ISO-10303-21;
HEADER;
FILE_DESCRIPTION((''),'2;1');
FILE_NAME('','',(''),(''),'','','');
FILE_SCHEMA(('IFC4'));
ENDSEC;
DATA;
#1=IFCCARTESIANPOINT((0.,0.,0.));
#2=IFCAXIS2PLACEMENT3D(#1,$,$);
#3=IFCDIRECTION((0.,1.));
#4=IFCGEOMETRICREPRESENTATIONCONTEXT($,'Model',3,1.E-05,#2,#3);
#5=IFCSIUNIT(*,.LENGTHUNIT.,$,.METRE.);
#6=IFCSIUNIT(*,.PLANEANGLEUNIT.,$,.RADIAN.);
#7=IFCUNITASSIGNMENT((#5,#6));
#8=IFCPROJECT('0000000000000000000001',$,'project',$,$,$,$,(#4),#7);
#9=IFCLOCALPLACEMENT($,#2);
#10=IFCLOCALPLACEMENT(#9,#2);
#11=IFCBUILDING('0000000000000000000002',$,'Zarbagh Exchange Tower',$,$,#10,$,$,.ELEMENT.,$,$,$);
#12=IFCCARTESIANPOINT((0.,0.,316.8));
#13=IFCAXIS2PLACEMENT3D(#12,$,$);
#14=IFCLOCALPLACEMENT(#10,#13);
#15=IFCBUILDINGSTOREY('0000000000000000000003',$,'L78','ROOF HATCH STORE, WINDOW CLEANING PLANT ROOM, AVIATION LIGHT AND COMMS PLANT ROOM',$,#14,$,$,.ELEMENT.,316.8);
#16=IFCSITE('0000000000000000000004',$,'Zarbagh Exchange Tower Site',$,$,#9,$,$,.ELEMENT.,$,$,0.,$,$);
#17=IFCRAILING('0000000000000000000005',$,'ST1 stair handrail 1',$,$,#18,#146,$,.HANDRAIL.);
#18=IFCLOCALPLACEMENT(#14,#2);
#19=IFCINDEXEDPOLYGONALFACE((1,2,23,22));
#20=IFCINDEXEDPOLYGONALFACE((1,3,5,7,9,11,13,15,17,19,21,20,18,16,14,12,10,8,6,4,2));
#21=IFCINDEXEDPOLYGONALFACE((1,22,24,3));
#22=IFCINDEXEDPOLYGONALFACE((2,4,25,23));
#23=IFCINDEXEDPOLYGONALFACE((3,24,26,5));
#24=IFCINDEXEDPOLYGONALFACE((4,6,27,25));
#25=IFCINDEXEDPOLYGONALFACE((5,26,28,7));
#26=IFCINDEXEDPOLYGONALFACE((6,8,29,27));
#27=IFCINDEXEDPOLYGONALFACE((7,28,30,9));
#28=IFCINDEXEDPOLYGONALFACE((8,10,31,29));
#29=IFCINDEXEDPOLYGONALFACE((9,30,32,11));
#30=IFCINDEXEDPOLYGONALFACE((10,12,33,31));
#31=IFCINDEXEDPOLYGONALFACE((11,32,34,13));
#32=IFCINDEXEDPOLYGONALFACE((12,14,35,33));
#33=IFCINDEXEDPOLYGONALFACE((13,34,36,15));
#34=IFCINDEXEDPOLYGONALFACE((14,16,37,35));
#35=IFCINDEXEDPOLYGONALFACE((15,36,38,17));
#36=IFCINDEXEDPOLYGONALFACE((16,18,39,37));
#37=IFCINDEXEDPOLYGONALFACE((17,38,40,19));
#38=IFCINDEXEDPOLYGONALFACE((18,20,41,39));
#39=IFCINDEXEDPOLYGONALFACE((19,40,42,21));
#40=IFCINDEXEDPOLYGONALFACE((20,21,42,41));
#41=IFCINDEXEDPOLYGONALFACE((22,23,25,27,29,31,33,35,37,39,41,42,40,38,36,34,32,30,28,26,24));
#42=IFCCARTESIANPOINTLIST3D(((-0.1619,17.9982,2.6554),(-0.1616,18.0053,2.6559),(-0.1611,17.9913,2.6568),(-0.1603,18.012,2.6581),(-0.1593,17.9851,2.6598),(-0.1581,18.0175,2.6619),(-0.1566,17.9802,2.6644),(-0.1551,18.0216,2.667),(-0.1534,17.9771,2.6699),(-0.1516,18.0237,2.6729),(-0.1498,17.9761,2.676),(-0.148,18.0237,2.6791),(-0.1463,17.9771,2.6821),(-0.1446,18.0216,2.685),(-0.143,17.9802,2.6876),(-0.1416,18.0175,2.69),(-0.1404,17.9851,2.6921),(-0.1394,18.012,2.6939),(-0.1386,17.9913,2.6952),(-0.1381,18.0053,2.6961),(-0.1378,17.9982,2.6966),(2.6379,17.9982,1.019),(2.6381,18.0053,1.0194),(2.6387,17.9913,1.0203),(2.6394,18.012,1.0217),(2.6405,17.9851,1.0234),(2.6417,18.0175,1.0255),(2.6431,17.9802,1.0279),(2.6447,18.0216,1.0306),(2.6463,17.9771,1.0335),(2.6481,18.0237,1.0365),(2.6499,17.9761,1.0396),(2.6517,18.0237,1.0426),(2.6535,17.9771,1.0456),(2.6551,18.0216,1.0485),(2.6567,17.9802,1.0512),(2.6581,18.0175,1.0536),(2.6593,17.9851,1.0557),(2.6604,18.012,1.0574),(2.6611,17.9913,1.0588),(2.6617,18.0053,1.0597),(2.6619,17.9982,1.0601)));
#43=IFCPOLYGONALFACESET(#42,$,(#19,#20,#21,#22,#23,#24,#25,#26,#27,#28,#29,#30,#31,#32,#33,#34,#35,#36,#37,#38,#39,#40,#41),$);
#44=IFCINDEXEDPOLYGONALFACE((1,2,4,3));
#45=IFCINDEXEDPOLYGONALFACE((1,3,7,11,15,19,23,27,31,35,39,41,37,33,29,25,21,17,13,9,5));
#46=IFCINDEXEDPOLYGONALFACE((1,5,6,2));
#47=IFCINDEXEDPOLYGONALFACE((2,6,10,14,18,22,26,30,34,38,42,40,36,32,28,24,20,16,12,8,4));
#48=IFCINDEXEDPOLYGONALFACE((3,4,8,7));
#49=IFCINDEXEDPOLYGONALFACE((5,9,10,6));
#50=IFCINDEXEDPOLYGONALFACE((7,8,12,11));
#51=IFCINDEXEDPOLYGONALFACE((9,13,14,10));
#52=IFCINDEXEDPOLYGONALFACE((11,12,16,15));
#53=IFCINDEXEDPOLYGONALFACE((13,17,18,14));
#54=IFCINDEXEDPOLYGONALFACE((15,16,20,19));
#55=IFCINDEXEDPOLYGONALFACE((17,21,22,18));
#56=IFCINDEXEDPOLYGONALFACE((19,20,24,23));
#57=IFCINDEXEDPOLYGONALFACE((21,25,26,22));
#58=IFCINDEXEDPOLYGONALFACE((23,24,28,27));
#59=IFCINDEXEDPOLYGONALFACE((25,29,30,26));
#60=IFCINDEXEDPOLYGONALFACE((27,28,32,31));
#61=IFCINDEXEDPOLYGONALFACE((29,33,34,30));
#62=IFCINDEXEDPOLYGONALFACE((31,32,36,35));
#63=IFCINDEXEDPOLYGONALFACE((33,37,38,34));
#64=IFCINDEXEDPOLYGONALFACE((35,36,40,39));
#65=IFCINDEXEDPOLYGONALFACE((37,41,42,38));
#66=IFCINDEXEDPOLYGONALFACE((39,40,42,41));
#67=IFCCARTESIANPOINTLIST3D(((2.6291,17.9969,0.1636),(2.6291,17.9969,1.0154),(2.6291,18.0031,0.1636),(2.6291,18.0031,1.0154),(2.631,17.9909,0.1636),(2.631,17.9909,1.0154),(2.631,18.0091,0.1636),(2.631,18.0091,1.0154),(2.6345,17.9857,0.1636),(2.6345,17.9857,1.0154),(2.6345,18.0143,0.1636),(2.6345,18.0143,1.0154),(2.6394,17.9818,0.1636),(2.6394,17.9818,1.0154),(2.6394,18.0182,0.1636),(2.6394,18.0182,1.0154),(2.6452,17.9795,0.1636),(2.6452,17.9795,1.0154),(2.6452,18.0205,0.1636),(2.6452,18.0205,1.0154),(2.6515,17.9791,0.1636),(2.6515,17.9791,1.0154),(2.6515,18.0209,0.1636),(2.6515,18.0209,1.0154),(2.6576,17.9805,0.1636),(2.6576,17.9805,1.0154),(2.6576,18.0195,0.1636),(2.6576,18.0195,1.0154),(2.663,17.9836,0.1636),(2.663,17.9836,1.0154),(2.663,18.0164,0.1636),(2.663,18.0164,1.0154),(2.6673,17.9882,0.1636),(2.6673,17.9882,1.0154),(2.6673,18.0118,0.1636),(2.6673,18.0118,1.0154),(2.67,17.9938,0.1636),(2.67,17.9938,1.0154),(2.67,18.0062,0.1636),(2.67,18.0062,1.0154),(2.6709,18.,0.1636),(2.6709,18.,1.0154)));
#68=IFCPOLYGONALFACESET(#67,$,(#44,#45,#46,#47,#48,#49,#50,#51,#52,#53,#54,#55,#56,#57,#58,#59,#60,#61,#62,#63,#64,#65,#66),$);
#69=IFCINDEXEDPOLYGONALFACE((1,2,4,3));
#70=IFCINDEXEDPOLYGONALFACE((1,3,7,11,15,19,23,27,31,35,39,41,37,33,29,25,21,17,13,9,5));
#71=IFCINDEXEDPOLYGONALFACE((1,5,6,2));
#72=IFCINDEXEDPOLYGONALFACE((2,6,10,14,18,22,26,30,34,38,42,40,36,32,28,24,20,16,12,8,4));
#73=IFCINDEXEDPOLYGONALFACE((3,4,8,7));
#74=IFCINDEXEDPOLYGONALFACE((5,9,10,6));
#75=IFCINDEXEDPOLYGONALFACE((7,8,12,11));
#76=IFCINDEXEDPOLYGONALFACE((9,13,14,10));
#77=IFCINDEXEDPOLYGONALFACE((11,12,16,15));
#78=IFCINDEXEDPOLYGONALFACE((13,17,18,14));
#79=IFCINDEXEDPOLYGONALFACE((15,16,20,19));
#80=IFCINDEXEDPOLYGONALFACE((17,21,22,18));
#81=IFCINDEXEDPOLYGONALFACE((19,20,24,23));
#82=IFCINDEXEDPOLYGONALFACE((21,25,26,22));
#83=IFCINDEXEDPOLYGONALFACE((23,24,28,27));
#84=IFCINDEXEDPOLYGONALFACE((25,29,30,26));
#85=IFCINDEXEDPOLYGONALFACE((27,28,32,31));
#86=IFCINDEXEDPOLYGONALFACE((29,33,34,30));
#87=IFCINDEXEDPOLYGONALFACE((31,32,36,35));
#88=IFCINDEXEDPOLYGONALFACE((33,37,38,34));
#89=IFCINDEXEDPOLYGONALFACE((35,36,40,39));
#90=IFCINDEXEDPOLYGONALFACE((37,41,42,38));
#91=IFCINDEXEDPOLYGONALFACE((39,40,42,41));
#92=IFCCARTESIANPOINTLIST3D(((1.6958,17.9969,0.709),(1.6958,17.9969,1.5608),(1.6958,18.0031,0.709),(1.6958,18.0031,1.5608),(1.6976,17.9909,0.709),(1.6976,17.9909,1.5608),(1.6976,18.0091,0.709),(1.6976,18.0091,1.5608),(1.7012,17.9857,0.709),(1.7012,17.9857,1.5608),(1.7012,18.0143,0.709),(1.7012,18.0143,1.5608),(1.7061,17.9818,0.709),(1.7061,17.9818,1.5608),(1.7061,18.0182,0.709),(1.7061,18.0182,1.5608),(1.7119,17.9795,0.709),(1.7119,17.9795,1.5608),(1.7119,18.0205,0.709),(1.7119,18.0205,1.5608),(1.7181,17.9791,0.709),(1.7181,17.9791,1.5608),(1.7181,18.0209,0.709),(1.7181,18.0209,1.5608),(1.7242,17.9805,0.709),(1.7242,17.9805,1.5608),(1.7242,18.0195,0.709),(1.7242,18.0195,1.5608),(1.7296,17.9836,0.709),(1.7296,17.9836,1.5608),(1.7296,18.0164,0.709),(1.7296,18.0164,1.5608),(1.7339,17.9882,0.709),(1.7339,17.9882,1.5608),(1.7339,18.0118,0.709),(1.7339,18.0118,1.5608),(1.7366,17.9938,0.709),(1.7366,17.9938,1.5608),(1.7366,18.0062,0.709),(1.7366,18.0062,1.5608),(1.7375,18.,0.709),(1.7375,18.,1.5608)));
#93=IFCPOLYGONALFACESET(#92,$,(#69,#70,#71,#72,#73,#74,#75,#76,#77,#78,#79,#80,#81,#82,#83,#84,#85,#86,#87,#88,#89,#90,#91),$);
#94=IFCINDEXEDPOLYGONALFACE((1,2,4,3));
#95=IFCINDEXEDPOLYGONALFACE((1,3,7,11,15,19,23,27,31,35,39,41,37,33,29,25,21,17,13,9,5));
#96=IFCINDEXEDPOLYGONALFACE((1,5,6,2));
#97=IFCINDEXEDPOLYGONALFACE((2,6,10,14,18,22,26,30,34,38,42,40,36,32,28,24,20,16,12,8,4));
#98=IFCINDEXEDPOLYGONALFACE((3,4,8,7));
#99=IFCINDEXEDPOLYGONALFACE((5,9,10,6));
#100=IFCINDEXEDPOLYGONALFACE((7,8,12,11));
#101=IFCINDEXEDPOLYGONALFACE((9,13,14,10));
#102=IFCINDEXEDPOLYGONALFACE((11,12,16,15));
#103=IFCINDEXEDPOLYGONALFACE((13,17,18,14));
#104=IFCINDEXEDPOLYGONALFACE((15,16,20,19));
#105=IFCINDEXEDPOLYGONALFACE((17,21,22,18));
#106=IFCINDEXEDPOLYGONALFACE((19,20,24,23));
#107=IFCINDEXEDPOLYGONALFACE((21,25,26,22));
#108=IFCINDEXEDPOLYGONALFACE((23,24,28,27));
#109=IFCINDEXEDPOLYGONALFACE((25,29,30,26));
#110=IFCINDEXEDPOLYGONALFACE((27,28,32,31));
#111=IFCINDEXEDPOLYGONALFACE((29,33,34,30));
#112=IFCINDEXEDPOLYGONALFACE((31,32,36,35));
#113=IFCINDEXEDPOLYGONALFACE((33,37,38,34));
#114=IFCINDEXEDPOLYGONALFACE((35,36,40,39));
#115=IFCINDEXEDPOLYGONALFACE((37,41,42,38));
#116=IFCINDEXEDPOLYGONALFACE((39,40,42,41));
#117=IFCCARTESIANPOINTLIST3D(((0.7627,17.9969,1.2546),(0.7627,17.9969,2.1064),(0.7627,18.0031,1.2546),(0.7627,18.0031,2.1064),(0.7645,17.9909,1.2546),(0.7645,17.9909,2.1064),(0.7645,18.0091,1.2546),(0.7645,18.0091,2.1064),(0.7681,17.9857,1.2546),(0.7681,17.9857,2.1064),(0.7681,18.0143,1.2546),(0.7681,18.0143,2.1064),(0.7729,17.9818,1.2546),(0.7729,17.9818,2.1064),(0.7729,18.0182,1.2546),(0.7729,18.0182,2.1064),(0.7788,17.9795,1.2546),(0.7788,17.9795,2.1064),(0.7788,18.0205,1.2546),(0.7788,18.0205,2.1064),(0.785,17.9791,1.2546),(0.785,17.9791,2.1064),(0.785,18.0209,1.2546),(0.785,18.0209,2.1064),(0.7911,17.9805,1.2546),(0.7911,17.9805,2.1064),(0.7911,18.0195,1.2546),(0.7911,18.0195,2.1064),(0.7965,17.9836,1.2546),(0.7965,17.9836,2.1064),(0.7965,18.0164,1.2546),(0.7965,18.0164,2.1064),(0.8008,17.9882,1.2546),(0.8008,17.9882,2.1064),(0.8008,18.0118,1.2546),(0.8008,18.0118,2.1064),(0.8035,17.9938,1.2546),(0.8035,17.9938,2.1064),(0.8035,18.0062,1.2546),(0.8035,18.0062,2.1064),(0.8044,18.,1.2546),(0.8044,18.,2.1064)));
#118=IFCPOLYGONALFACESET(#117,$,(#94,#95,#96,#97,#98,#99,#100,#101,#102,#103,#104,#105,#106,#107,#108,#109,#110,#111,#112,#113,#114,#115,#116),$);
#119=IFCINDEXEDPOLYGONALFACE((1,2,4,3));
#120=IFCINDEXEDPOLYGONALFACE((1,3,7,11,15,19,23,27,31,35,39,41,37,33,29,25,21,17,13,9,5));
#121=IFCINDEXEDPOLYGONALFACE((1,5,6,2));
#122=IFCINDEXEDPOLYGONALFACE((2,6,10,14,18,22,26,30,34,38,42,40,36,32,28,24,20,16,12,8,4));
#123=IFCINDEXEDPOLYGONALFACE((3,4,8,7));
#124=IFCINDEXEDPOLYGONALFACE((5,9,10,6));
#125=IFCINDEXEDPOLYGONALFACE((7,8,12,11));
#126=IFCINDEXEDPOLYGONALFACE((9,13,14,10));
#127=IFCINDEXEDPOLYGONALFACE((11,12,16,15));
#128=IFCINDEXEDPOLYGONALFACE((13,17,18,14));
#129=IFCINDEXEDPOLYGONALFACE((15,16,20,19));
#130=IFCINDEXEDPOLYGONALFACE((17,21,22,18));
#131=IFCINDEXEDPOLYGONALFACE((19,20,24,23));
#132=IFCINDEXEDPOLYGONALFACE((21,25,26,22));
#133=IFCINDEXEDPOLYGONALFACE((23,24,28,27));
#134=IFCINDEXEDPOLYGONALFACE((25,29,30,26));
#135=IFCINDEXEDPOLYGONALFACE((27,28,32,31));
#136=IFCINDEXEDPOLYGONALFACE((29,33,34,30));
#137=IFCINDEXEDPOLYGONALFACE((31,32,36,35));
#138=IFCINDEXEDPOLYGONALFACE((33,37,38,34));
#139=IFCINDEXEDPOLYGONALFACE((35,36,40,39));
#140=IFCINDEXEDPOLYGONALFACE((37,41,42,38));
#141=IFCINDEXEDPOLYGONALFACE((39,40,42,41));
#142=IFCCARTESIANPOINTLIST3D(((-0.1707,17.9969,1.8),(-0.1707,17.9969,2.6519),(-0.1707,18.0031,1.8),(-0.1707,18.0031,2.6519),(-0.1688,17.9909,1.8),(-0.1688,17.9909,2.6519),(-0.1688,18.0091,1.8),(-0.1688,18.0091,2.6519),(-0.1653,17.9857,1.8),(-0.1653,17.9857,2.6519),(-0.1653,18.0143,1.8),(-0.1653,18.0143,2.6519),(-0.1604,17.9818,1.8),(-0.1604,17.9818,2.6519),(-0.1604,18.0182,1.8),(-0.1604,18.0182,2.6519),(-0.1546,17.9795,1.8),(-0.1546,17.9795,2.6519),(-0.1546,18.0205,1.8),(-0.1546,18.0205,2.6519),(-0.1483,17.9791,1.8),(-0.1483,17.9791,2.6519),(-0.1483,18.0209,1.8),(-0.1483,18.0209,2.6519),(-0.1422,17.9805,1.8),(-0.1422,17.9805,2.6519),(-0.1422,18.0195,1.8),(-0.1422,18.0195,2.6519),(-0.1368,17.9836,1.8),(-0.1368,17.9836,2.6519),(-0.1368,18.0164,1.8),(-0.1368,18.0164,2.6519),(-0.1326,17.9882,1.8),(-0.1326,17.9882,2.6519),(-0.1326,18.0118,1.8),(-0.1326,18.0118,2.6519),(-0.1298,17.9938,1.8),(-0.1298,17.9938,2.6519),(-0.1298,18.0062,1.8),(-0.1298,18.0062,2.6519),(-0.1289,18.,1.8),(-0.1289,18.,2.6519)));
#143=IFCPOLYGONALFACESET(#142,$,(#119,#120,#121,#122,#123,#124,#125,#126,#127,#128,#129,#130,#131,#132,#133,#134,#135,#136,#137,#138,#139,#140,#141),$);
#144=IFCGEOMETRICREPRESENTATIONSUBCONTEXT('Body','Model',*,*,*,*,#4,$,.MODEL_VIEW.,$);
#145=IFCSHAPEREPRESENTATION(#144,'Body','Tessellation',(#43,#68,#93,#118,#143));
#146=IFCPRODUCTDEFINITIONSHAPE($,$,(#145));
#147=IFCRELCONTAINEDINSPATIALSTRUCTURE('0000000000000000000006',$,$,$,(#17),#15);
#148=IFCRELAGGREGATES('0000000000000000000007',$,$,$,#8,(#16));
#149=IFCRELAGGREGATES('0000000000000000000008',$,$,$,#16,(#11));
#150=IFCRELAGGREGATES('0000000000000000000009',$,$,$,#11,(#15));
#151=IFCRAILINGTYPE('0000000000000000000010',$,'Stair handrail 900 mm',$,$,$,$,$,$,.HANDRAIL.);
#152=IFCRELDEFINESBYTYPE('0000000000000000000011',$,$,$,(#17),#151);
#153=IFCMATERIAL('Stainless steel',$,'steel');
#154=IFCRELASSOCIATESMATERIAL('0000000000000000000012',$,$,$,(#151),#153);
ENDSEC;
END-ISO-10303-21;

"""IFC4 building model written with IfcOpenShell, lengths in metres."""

from ifc_helpers import new_model, si_unit, direction, frame, origin, origin_2d, place, context, subcontext, project, spatial, circle, extrude, material, type_object, element, save


model = new_model("IFC4")

# Units and contexts
model_context = context("Model", 3, precision=1e-05, world=origin(), true_north=direction((0.0, 1.0)))
body_context = subcontext(model_context, "Body", "Model", "MODEL_VIEW")
ifc_project = project(units=[si_unit("LENGTHUNIT", "METRE"), si_unit("PLANEANGLEUNIT", "RADIAN")], contexts=[model_context])

# Site, building, storey
site_placement = place(None, origin())
site = spatial("IfcSite", under=ifc_project, at=site_placement, Name="Zarbagh Exchange Tower Site", CompositionType="ELEMENT", RefElevation=0.0)
building_placement = place(site_placement, origin())
building = spatial("IfcBuilding", under=site, at=building_placement, Name="Zarbagh Exchange Tower", CompositionType="ELEMENT")
storey_placement = place(building_placement, frame((0.0, 0.0, 316.8)))
storey = spatial("IfcBuildingStorey", under=building, at=storey_placement, Name="L78", Description="ROOF HATCH STORE, WINDOW CLEANING PLANT ROOM, AVIATION LIGHT AND COMMS PLANT ROOM", CompositionType="ELEMENT", Elevation=316.8)

# Shared definitions
ifc_material_1 = material(Name="Stainless steel", Category="steel")

# Railing
railing_type_1 = type_object("IfcRailingType", Name="Stair handrail 900 mm", PredefinedType="HANDRAIL", material=ifc_material_1)
railing_1_placement = place(storey_placement, frame((2.6499, 18.0, 0.1636)))
element("IfcRailing", 1, at=railing_1_placement, inside=storey, type_object=railing_type_1, Name="ST1 stair handrail 1", PredefinedType="HANDRAIL", context=body_context, shape_type="SweptSolid", body=[
    extrude(circle(Radius=0.0239, at=origin_2d()), frame((0.0, 0.0, 0.876), z_axis=(-0.863342, 0.0, 0.50462), x_axis=(0.0, -1.0, 0.0)), (0.0, 0.0, 1.0), 3.2429),
    extrude(circle(Radius=0.021, at=origin_2d()), origin(), (0.0, 0.0, 1.0), 0.8518),
    extrude(circle(Radius=0.021, at=origin_2d()), frame((-0.9333, 0.0, 0.5454)), (0.0, 0.0, 1.0), 0.8518),
    extrude(circle(Radius=0.021, at=origin_2d()), frame((-1.8665, 0.0, 1.0911)), (0.0, 0.0, 1.0), 0.8518),
    extrude(circle(Radius=0.021, at=origin_2d()), frame((-2.7998, 0.0, 1.6365)), (0.0, 0.0, 1.0), 0.8518),
])

save(model, "model.ifc")
